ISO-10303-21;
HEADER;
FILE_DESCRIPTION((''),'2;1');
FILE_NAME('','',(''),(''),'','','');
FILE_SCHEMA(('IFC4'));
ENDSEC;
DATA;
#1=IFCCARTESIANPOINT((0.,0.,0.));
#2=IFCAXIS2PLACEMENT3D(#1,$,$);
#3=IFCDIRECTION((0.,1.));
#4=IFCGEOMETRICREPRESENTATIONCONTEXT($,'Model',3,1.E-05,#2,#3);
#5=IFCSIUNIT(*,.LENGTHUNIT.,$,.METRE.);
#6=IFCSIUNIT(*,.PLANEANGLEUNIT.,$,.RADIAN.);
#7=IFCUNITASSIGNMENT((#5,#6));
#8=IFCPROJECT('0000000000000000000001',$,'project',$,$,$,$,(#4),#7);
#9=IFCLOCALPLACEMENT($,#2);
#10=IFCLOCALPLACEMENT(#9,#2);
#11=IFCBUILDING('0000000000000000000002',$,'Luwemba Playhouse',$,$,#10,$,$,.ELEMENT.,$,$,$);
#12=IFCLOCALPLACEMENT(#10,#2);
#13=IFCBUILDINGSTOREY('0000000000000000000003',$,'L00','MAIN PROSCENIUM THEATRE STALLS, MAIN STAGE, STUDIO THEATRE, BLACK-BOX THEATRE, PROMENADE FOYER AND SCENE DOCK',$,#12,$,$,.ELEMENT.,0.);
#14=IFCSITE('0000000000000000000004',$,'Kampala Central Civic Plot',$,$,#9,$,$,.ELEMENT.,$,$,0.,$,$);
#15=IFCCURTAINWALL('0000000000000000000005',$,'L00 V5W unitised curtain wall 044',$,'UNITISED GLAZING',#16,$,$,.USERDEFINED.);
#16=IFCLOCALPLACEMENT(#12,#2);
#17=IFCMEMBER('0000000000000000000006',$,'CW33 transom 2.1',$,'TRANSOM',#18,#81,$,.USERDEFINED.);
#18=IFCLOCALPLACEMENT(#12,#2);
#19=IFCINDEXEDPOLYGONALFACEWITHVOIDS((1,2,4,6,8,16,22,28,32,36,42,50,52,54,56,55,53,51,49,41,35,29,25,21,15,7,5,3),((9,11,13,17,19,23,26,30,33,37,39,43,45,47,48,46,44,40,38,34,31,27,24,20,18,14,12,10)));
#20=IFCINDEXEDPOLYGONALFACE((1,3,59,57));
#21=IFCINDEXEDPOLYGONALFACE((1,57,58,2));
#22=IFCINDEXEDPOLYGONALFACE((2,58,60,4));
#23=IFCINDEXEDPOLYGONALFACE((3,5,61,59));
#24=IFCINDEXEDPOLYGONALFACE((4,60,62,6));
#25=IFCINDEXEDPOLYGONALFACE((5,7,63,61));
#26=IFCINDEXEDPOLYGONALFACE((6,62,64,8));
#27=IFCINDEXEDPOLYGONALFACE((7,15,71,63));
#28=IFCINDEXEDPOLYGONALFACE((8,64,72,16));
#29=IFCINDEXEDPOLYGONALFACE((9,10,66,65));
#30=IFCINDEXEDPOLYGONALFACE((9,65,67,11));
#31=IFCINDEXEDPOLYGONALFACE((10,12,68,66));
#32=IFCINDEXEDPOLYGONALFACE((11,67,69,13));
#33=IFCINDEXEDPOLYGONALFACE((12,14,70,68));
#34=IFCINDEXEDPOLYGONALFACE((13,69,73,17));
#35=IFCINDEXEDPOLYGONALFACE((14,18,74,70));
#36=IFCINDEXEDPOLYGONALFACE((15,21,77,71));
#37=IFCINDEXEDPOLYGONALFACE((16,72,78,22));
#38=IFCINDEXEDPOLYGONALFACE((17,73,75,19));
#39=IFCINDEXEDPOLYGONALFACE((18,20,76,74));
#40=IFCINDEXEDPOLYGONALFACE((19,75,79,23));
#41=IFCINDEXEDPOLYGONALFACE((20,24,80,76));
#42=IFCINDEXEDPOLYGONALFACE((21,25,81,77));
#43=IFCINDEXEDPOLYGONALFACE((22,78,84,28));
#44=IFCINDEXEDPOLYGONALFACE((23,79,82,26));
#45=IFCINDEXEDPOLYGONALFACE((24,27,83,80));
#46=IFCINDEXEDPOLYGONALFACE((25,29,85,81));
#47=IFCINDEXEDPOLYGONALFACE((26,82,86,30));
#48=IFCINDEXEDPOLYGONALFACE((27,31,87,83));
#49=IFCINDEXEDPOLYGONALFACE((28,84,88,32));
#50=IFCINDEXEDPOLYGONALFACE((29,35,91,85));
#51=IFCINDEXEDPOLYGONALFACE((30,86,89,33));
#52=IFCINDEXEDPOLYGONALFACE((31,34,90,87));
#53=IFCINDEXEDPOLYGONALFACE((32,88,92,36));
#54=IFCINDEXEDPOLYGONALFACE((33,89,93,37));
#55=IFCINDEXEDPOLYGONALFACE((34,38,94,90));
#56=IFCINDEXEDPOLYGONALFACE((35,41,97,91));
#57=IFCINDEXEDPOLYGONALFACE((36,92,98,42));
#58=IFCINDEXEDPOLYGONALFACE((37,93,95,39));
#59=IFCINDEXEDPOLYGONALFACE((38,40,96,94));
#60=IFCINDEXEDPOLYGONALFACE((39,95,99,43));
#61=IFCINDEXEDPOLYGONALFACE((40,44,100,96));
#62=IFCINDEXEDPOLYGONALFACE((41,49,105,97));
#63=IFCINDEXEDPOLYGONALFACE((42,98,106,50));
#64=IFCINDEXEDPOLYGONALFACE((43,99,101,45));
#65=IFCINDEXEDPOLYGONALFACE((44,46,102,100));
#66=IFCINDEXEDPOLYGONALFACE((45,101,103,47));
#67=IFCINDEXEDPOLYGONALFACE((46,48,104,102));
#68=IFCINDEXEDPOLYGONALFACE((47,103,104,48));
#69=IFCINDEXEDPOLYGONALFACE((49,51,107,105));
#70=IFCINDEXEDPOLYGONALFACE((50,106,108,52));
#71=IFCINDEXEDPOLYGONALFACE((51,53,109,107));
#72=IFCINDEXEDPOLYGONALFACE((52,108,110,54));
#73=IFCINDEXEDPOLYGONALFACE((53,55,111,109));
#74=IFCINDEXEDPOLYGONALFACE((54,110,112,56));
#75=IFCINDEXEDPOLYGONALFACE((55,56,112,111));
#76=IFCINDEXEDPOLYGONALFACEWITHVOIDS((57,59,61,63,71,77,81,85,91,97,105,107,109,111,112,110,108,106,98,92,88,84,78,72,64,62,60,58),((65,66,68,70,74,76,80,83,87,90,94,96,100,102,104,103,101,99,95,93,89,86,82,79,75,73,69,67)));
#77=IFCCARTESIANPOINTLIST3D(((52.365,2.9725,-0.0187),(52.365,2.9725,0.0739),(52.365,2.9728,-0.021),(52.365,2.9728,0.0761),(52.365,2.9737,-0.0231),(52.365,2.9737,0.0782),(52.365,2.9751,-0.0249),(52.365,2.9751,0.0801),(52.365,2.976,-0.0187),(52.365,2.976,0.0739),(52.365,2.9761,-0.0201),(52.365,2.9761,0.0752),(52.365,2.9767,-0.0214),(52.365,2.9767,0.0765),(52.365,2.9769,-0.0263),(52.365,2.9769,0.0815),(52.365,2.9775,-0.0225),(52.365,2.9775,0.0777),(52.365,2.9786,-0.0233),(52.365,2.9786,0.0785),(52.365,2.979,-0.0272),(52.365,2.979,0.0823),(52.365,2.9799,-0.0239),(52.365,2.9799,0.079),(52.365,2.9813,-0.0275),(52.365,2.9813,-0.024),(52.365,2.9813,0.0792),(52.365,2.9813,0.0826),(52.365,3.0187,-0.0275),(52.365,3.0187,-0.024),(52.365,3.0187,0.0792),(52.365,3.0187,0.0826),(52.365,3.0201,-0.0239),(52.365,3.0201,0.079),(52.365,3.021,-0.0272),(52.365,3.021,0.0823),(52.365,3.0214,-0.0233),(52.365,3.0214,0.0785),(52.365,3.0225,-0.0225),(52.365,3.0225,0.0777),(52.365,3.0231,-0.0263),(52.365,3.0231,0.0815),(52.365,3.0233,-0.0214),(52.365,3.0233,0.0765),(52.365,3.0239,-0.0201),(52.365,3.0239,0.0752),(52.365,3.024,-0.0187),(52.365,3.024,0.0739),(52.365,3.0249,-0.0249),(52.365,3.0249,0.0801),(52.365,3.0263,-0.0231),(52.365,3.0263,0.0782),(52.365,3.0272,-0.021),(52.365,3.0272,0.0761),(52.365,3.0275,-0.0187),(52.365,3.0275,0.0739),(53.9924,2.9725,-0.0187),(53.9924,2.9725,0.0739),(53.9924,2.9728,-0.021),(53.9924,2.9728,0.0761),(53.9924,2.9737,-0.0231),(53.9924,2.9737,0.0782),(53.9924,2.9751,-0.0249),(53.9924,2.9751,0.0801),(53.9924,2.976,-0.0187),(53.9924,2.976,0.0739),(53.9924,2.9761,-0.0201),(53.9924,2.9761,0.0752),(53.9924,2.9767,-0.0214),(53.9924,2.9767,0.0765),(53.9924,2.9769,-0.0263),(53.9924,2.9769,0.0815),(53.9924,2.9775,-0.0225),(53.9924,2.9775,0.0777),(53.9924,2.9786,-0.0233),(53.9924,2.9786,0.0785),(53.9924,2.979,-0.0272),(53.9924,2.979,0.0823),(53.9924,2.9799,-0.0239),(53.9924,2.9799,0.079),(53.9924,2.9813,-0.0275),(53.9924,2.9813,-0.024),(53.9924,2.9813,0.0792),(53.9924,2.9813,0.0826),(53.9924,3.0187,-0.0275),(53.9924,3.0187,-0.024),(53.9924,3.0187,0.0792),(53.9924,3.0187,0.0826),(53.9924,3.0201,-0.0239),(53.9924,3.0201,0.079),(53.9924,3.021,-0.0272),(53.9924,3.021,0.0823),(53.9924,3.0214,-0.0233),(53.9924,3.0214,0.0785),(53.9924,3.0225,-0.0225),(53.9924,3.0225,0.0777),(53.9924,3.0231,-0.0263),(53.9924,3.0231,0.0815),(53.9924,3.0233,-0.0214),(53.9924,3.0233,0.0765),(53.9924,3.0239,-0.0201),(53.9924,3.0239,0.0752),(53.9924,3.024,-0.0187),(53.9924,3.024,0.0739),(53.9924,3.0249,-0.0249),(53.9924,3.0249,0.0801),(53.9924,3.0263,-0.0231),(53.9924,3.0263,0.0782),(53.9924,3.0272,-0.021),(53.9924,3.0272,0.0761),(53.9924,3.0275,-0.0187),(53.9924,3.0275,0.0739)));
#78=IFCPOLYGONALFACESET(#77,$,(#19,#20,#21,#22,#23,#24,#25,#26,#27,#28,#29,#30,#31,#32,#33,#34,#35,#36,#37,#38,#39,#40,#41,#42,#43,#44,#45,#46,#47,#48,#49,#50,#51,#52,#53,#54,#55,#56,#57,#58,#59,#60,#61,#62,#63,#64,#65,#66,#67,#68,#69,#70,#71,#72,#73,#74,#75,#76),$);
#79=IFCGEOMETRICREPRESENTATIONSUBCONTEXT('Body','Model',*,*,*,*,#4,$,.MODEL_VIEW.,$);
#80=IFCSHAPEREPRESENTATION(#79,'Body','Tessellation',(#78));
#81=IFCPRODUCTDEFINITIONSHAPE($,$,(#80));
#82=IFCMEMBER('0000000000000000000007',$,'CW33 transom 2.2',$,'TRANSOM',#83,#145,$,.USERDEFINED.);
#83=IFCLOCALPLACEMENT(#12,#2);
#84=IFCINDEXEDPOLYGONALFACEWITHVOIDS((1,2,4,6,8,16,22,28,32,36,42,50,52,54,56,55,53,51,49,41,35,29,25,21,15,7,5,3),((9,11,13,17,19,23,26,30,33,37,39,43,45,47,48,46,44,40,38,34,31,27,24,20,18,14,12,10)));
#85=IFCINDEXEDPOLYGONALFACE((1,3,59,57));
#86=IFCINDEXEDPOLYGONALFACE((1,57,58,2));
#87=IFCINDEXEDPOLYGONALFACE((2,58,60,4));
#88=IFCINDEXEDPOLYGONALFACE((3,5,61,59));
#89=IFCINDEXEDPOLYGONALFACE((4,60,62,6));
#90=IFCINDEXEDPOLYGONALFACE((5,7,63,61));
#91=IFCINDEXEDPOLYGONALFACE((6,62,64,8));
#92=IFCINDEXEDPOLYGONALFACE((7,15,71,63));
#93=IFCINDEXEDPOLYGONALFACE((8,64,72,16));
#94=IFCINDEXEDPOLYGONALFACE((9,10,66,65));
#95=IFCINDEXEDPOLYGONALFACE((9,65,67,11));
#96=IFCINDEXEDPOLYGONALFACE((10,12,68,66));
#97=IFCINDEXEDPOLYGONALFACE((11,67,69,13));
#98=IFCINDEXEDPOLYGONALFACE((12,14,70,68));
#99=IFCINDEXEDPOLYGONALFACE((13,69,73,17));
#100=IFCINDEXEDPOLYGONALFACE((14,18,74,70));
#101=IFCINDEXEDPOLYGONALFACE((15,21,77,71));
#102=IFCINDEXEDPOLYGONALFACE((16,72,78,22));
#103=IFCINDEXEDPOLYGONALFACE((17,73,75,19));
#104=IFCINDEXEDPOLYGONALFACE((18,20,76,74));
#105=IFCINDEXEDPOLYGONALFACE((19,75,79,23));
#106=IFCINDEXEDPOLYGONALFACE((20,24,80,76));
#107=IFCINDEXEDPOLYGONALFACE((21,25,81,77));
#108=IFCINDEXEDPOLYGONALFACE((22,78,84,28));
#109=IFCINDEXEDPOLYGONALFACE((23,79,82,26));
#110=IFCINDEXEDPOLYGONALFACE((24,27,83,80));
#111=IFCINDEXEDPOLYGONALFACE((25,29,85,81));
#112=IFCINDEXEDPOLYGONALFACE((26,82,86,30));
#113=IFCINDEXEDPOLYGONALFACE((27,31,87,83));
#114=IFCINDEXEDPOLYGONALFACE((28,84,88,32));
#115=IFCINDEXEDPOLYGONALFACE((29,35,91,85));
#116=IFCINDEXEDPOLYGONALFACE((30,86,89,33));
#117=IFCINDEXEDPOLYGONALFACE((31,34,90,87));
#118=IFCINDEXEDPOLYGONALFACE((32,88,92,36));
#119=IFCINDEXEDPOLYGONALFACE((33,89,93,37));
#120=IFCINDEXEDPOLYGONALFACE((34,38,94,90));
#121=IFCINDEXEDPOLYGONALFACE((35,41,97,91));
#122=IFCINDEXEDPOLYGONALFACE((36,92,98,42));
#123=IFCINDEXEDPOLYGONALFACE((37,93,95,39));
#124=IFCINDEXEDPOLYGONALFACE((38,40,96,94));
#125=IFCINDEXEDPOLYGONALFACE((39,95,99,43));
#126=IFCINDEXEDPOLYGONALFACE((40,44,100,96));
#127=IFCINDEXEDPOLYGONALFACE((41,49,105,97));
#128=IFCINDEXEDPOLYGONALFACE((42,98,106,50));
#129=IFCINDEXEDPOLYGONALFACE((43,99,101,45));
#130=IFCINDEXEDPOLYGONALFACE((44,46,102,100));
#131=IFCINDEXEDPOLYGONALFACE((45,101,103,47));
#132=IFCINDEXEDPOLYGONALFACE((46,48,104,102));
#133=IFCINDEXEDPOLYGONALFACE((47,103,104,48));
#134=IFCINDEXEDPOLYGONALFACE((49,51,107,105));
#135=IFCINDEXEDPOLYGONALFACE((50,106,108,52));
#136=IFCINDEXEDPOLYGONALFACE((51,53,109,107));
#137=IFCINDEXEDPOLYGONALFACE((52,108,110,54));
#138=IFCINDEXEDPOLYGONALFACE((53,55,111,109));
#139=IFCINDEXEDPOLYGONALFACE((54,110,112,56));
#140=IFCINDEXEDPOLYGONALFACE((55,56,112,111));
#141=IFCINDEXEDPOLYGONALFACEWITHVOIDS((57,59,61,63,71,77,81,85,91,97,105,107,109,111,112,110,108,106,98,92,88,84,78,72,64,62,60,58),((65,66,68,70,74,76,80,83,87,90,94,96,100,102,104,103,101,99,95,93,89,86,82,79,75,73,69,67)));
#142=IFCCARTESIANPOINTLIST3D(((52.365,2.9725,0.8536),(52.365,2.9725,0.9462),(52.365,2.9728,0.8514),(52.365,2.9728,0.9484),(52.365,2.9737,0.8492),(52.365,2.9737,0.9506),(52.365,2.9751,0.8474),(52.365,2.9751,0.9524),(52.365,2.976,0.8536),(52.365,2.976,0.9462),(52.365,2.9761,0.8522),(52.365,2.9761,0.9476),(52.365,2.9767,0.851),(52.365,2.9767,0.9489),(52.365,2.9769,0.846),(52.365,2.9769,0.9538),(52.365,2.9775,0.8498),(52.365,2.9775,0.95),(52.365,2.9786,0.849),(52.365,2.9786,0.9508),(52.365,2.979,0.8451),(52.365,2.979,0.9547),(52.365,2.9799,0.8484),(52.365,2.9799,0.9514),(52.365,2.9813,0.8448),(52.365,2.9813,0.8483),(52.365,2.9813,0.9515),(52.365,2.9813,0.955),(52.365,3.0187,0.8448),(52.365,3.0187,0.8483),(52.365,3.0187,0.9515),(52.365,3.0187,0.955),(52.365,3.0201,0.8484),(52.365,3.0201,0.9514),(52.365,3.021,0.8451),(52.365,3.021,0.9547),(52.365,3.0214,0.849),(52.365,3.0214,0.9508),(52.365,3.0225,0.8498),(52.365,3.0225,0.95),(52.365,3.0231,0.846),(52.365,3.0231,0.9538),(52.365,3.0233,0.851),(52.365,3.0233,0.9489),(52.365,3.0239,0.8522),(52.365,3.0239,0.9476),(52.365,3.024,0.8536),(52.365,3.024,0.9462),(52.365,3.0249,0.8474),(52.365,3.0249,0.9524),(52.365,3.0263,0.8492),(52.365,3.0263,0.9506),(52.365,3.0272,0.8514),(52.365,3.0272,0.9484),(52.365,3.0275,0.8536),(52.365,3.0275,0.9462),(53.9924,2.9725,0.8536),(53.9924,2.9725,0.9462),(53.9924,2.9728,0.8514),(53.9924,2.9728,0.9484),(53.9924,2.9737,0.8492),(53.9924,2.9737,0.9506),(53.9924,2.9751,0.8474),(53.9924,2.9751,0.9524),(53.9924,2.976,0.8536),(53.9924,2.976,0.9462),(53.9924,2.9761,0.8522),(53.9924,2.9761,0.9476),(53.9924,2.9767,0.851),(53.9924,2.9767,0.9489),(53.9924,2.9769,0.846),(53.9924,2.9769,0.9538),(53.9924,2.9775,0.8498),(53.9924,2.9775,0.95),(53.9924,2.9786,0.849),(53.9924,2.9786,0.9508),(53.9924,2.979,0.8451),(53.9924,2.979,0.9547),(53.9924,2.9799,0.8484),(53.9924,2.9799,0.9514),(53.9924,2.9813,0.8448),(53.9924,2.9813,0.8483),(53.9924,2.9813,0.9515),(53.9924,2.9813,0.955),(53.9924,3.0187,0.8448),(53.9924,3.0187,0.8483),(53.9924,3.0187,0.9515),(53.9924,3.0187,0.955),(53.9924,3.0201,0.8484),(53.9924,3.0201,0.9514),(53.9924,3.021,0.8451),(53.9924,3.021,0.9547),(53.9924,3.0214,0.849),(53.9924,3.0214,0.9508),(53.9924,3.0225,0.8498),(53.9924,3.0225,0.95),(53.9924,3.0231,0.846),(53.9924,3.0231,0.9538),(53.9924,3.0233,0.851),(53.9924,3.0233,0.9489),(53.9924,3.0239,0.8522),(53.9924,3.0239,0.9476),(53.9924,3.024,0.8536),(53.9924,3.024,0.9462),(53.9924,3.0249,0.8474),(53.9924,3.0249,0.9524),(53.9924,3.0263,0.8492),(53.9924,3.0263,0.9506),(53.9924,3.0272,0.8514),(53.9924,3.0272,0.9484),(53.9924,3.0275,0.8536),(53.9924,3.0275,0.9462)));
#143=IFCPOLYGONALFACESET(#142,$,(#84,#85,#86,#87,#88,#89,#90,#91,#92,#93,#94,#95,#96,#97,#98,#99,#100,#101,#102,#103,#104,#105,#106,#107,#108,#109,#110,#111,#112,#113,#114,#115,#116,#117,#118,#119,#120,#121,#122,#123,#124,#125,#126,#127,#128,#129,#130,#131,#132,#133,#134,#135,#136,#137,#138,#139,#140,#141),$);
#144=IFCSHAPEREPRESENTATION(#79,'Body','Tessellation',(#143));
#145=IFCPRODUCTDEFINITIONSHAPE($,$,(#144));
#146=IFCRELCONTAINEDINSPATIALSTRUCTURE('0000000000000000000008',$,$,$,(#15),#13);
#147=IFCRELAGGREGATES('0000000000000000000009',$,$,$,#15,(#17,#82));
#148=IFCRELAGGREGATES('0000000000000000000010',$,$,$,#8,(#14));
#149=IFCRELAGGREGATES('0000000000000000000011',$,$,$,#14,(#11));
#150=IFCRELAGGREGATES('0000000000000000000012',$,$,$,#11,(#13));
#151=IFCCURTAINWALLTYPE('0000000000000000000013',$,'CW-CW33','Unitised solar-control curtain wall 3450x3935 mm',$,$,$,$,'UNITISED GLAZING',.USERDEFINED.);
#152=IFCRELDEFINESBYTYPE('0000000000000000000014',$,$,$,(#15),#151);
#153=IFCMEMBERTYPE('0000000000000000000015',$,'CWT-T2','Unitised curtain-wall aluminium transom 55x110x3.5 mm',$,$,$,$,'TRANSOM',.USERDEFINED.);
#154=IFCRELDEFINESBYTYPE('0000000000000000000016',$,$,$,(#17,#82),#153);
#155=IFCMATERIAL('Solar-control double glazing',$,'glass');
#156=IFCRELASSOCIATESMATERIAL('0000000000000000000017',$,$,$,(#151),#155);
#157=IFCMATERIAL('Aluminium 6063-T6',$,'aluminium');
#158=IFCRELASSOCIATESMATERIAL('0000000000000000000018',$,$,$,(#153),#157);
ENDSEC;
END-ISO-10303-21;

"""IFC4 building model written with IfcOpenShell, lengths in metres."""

from ifc_helpers import new_model, si_unit, direction, frame, origin, origin_2d, place, context, subcontext, project, spatial, hollow_rectangle, extrude, material, material_profile, profile_set, type_object, element, aggregate, save


model = new_model("IFC4")

# Units and contexts
model_context = context("Model", 3, precision=1e-05, world=origin(), true_north=direction((0.0, 1.0)))
body_context = subcontext(model_context, "Body", "Model", "MODEL_VIEW")
ifc_project = project(units=[si_unit("LENGTHUNIT", "METRE"), si_unit("PLANEANGLEUNIT", "RADIAN")], contexts=[model_context])

# Site, building, storey
site_placement = place(None, origin())
site = spatial("IfcSite", under=ifc_project, at=site_placement, Name="Kampala Central Civic Plot", CompositionType="ELEMENT", RefElevation=0.0)
building_placement = place(site_placement, origin())
building = spatial("IfcBuilding", under=site, at=building_placement, Name="Luwemba Playhouse", CompositionType="ELEMENT")
storey_placement = place(building_placement, origin())
storey = spatial("IfcBuildingStorey", under=building, at=storey_placement, Name="L00", Description="MAIN PROSCENIUM THEATRE STALLS, MAIN STAGE, STUDIO THEATRE, BLACK-BOX THEATRE, PROMENADE FOYER AND SCENE DOCK", CompositionType="ELEMENT", Elevation=0.0)

# Curtain wall, members
ifc_material_1 = material(Name="Solar-control double glazing", Category="glass")
curtain_wall_type = type_object("IfcCurtainWallType", Name="CW-CW33", Description="Unitised solar-control curtain wall 3450x3935 mm", ElementType="UNITISED GLAZING", PredefinedType="USERDEFINED", material=ifc_material_1)
curtain_wall_placement = place(storey_placement, origin())
curtain_wall = element("IfcCurtainWall", 1, at=curtain_wall_placement, inside=storey, type_object=curtain_wall_type, Name="L00 V5W unitised curtain wall 044", ObjectType="UNITISED GLAZING", PredefinedType="USERDEFINED")
ifc_material_2 = material(Name="Aluminium 6063-T6", Category="aluminium")
ifc_material_profile_1 = material_profile(ifc_material_2, hollow_rectangle(XDim=0.0549, YDim=0.1101, WallThickness=0.0034, InnerFilletRadius=0.0054, OuterFilletRadius=0.0088, at=origin_2d()))
ifc_profile_set_1 = profile_set([ifc_material_profile_1], Name="Aluminium 6063-T6")
member_type_1 = type_object("IfcMemberType", Name="CWT-T2", Description="Unitised curtain-wall aluminium transom 55x110x3.5 mm", ElementType="TRANSOM", PredefinedType="USERDEFINED", material=ifc_profile_set_1)
member_1_placement = place(storey_placement, frame((53.9924, 3.0, 0.0276), z_axis=(-1.0, 0.0, 0.0), x_axis=(0.0, -1.0, 0.0)))
member_1 = element("IfcMember", 2, at=member_1_placement, type_object=member_type_1, Name="CW33 transom 2.1", ObjectType="TRANSOM", PredefinedType="USERDEFINED", context=body_context, shape_type="SweptSolid", body=[
    extrude(hollow_rectangle(XDim=0.0549, YDim=0.1101, WallThickness=0.0034, InnerFilletRadius=0.0054, OuterFilletRadius=0.0088, at=origin_2d()), origin(), (0.0, 0.0, 1.0), 1.6274),
])
member_2_placement = place(storey_placement, frame((53.9924, 3.0, 0.8999), z_axis=(-1.0, 0.0, 0.0), x_axis=(0.0, -1.0, 0.0)))
member_2 = element("IfcMember", 3, at=member_2_placement, type_object=member_type_1, Name="CW33 transom 2.2", ObjectType="TRANSOM", PredefinedType="USERDEFINED", context=body_context, shape_type="SweptSolid", body=[
    extrude(hollow_rectangle(XDim=0.0549, YDim=0.1101, WallThickness=0.0034, InnerFilletRadius=0.0054, OuterFilletRadius=0.0088, at=origin_2d()), origin(), (0.0, 0.0, 1.0), 1.6274),
])
aggregate(curtain_wall, [member_1, member_2])

save(model, "model.ifc")
